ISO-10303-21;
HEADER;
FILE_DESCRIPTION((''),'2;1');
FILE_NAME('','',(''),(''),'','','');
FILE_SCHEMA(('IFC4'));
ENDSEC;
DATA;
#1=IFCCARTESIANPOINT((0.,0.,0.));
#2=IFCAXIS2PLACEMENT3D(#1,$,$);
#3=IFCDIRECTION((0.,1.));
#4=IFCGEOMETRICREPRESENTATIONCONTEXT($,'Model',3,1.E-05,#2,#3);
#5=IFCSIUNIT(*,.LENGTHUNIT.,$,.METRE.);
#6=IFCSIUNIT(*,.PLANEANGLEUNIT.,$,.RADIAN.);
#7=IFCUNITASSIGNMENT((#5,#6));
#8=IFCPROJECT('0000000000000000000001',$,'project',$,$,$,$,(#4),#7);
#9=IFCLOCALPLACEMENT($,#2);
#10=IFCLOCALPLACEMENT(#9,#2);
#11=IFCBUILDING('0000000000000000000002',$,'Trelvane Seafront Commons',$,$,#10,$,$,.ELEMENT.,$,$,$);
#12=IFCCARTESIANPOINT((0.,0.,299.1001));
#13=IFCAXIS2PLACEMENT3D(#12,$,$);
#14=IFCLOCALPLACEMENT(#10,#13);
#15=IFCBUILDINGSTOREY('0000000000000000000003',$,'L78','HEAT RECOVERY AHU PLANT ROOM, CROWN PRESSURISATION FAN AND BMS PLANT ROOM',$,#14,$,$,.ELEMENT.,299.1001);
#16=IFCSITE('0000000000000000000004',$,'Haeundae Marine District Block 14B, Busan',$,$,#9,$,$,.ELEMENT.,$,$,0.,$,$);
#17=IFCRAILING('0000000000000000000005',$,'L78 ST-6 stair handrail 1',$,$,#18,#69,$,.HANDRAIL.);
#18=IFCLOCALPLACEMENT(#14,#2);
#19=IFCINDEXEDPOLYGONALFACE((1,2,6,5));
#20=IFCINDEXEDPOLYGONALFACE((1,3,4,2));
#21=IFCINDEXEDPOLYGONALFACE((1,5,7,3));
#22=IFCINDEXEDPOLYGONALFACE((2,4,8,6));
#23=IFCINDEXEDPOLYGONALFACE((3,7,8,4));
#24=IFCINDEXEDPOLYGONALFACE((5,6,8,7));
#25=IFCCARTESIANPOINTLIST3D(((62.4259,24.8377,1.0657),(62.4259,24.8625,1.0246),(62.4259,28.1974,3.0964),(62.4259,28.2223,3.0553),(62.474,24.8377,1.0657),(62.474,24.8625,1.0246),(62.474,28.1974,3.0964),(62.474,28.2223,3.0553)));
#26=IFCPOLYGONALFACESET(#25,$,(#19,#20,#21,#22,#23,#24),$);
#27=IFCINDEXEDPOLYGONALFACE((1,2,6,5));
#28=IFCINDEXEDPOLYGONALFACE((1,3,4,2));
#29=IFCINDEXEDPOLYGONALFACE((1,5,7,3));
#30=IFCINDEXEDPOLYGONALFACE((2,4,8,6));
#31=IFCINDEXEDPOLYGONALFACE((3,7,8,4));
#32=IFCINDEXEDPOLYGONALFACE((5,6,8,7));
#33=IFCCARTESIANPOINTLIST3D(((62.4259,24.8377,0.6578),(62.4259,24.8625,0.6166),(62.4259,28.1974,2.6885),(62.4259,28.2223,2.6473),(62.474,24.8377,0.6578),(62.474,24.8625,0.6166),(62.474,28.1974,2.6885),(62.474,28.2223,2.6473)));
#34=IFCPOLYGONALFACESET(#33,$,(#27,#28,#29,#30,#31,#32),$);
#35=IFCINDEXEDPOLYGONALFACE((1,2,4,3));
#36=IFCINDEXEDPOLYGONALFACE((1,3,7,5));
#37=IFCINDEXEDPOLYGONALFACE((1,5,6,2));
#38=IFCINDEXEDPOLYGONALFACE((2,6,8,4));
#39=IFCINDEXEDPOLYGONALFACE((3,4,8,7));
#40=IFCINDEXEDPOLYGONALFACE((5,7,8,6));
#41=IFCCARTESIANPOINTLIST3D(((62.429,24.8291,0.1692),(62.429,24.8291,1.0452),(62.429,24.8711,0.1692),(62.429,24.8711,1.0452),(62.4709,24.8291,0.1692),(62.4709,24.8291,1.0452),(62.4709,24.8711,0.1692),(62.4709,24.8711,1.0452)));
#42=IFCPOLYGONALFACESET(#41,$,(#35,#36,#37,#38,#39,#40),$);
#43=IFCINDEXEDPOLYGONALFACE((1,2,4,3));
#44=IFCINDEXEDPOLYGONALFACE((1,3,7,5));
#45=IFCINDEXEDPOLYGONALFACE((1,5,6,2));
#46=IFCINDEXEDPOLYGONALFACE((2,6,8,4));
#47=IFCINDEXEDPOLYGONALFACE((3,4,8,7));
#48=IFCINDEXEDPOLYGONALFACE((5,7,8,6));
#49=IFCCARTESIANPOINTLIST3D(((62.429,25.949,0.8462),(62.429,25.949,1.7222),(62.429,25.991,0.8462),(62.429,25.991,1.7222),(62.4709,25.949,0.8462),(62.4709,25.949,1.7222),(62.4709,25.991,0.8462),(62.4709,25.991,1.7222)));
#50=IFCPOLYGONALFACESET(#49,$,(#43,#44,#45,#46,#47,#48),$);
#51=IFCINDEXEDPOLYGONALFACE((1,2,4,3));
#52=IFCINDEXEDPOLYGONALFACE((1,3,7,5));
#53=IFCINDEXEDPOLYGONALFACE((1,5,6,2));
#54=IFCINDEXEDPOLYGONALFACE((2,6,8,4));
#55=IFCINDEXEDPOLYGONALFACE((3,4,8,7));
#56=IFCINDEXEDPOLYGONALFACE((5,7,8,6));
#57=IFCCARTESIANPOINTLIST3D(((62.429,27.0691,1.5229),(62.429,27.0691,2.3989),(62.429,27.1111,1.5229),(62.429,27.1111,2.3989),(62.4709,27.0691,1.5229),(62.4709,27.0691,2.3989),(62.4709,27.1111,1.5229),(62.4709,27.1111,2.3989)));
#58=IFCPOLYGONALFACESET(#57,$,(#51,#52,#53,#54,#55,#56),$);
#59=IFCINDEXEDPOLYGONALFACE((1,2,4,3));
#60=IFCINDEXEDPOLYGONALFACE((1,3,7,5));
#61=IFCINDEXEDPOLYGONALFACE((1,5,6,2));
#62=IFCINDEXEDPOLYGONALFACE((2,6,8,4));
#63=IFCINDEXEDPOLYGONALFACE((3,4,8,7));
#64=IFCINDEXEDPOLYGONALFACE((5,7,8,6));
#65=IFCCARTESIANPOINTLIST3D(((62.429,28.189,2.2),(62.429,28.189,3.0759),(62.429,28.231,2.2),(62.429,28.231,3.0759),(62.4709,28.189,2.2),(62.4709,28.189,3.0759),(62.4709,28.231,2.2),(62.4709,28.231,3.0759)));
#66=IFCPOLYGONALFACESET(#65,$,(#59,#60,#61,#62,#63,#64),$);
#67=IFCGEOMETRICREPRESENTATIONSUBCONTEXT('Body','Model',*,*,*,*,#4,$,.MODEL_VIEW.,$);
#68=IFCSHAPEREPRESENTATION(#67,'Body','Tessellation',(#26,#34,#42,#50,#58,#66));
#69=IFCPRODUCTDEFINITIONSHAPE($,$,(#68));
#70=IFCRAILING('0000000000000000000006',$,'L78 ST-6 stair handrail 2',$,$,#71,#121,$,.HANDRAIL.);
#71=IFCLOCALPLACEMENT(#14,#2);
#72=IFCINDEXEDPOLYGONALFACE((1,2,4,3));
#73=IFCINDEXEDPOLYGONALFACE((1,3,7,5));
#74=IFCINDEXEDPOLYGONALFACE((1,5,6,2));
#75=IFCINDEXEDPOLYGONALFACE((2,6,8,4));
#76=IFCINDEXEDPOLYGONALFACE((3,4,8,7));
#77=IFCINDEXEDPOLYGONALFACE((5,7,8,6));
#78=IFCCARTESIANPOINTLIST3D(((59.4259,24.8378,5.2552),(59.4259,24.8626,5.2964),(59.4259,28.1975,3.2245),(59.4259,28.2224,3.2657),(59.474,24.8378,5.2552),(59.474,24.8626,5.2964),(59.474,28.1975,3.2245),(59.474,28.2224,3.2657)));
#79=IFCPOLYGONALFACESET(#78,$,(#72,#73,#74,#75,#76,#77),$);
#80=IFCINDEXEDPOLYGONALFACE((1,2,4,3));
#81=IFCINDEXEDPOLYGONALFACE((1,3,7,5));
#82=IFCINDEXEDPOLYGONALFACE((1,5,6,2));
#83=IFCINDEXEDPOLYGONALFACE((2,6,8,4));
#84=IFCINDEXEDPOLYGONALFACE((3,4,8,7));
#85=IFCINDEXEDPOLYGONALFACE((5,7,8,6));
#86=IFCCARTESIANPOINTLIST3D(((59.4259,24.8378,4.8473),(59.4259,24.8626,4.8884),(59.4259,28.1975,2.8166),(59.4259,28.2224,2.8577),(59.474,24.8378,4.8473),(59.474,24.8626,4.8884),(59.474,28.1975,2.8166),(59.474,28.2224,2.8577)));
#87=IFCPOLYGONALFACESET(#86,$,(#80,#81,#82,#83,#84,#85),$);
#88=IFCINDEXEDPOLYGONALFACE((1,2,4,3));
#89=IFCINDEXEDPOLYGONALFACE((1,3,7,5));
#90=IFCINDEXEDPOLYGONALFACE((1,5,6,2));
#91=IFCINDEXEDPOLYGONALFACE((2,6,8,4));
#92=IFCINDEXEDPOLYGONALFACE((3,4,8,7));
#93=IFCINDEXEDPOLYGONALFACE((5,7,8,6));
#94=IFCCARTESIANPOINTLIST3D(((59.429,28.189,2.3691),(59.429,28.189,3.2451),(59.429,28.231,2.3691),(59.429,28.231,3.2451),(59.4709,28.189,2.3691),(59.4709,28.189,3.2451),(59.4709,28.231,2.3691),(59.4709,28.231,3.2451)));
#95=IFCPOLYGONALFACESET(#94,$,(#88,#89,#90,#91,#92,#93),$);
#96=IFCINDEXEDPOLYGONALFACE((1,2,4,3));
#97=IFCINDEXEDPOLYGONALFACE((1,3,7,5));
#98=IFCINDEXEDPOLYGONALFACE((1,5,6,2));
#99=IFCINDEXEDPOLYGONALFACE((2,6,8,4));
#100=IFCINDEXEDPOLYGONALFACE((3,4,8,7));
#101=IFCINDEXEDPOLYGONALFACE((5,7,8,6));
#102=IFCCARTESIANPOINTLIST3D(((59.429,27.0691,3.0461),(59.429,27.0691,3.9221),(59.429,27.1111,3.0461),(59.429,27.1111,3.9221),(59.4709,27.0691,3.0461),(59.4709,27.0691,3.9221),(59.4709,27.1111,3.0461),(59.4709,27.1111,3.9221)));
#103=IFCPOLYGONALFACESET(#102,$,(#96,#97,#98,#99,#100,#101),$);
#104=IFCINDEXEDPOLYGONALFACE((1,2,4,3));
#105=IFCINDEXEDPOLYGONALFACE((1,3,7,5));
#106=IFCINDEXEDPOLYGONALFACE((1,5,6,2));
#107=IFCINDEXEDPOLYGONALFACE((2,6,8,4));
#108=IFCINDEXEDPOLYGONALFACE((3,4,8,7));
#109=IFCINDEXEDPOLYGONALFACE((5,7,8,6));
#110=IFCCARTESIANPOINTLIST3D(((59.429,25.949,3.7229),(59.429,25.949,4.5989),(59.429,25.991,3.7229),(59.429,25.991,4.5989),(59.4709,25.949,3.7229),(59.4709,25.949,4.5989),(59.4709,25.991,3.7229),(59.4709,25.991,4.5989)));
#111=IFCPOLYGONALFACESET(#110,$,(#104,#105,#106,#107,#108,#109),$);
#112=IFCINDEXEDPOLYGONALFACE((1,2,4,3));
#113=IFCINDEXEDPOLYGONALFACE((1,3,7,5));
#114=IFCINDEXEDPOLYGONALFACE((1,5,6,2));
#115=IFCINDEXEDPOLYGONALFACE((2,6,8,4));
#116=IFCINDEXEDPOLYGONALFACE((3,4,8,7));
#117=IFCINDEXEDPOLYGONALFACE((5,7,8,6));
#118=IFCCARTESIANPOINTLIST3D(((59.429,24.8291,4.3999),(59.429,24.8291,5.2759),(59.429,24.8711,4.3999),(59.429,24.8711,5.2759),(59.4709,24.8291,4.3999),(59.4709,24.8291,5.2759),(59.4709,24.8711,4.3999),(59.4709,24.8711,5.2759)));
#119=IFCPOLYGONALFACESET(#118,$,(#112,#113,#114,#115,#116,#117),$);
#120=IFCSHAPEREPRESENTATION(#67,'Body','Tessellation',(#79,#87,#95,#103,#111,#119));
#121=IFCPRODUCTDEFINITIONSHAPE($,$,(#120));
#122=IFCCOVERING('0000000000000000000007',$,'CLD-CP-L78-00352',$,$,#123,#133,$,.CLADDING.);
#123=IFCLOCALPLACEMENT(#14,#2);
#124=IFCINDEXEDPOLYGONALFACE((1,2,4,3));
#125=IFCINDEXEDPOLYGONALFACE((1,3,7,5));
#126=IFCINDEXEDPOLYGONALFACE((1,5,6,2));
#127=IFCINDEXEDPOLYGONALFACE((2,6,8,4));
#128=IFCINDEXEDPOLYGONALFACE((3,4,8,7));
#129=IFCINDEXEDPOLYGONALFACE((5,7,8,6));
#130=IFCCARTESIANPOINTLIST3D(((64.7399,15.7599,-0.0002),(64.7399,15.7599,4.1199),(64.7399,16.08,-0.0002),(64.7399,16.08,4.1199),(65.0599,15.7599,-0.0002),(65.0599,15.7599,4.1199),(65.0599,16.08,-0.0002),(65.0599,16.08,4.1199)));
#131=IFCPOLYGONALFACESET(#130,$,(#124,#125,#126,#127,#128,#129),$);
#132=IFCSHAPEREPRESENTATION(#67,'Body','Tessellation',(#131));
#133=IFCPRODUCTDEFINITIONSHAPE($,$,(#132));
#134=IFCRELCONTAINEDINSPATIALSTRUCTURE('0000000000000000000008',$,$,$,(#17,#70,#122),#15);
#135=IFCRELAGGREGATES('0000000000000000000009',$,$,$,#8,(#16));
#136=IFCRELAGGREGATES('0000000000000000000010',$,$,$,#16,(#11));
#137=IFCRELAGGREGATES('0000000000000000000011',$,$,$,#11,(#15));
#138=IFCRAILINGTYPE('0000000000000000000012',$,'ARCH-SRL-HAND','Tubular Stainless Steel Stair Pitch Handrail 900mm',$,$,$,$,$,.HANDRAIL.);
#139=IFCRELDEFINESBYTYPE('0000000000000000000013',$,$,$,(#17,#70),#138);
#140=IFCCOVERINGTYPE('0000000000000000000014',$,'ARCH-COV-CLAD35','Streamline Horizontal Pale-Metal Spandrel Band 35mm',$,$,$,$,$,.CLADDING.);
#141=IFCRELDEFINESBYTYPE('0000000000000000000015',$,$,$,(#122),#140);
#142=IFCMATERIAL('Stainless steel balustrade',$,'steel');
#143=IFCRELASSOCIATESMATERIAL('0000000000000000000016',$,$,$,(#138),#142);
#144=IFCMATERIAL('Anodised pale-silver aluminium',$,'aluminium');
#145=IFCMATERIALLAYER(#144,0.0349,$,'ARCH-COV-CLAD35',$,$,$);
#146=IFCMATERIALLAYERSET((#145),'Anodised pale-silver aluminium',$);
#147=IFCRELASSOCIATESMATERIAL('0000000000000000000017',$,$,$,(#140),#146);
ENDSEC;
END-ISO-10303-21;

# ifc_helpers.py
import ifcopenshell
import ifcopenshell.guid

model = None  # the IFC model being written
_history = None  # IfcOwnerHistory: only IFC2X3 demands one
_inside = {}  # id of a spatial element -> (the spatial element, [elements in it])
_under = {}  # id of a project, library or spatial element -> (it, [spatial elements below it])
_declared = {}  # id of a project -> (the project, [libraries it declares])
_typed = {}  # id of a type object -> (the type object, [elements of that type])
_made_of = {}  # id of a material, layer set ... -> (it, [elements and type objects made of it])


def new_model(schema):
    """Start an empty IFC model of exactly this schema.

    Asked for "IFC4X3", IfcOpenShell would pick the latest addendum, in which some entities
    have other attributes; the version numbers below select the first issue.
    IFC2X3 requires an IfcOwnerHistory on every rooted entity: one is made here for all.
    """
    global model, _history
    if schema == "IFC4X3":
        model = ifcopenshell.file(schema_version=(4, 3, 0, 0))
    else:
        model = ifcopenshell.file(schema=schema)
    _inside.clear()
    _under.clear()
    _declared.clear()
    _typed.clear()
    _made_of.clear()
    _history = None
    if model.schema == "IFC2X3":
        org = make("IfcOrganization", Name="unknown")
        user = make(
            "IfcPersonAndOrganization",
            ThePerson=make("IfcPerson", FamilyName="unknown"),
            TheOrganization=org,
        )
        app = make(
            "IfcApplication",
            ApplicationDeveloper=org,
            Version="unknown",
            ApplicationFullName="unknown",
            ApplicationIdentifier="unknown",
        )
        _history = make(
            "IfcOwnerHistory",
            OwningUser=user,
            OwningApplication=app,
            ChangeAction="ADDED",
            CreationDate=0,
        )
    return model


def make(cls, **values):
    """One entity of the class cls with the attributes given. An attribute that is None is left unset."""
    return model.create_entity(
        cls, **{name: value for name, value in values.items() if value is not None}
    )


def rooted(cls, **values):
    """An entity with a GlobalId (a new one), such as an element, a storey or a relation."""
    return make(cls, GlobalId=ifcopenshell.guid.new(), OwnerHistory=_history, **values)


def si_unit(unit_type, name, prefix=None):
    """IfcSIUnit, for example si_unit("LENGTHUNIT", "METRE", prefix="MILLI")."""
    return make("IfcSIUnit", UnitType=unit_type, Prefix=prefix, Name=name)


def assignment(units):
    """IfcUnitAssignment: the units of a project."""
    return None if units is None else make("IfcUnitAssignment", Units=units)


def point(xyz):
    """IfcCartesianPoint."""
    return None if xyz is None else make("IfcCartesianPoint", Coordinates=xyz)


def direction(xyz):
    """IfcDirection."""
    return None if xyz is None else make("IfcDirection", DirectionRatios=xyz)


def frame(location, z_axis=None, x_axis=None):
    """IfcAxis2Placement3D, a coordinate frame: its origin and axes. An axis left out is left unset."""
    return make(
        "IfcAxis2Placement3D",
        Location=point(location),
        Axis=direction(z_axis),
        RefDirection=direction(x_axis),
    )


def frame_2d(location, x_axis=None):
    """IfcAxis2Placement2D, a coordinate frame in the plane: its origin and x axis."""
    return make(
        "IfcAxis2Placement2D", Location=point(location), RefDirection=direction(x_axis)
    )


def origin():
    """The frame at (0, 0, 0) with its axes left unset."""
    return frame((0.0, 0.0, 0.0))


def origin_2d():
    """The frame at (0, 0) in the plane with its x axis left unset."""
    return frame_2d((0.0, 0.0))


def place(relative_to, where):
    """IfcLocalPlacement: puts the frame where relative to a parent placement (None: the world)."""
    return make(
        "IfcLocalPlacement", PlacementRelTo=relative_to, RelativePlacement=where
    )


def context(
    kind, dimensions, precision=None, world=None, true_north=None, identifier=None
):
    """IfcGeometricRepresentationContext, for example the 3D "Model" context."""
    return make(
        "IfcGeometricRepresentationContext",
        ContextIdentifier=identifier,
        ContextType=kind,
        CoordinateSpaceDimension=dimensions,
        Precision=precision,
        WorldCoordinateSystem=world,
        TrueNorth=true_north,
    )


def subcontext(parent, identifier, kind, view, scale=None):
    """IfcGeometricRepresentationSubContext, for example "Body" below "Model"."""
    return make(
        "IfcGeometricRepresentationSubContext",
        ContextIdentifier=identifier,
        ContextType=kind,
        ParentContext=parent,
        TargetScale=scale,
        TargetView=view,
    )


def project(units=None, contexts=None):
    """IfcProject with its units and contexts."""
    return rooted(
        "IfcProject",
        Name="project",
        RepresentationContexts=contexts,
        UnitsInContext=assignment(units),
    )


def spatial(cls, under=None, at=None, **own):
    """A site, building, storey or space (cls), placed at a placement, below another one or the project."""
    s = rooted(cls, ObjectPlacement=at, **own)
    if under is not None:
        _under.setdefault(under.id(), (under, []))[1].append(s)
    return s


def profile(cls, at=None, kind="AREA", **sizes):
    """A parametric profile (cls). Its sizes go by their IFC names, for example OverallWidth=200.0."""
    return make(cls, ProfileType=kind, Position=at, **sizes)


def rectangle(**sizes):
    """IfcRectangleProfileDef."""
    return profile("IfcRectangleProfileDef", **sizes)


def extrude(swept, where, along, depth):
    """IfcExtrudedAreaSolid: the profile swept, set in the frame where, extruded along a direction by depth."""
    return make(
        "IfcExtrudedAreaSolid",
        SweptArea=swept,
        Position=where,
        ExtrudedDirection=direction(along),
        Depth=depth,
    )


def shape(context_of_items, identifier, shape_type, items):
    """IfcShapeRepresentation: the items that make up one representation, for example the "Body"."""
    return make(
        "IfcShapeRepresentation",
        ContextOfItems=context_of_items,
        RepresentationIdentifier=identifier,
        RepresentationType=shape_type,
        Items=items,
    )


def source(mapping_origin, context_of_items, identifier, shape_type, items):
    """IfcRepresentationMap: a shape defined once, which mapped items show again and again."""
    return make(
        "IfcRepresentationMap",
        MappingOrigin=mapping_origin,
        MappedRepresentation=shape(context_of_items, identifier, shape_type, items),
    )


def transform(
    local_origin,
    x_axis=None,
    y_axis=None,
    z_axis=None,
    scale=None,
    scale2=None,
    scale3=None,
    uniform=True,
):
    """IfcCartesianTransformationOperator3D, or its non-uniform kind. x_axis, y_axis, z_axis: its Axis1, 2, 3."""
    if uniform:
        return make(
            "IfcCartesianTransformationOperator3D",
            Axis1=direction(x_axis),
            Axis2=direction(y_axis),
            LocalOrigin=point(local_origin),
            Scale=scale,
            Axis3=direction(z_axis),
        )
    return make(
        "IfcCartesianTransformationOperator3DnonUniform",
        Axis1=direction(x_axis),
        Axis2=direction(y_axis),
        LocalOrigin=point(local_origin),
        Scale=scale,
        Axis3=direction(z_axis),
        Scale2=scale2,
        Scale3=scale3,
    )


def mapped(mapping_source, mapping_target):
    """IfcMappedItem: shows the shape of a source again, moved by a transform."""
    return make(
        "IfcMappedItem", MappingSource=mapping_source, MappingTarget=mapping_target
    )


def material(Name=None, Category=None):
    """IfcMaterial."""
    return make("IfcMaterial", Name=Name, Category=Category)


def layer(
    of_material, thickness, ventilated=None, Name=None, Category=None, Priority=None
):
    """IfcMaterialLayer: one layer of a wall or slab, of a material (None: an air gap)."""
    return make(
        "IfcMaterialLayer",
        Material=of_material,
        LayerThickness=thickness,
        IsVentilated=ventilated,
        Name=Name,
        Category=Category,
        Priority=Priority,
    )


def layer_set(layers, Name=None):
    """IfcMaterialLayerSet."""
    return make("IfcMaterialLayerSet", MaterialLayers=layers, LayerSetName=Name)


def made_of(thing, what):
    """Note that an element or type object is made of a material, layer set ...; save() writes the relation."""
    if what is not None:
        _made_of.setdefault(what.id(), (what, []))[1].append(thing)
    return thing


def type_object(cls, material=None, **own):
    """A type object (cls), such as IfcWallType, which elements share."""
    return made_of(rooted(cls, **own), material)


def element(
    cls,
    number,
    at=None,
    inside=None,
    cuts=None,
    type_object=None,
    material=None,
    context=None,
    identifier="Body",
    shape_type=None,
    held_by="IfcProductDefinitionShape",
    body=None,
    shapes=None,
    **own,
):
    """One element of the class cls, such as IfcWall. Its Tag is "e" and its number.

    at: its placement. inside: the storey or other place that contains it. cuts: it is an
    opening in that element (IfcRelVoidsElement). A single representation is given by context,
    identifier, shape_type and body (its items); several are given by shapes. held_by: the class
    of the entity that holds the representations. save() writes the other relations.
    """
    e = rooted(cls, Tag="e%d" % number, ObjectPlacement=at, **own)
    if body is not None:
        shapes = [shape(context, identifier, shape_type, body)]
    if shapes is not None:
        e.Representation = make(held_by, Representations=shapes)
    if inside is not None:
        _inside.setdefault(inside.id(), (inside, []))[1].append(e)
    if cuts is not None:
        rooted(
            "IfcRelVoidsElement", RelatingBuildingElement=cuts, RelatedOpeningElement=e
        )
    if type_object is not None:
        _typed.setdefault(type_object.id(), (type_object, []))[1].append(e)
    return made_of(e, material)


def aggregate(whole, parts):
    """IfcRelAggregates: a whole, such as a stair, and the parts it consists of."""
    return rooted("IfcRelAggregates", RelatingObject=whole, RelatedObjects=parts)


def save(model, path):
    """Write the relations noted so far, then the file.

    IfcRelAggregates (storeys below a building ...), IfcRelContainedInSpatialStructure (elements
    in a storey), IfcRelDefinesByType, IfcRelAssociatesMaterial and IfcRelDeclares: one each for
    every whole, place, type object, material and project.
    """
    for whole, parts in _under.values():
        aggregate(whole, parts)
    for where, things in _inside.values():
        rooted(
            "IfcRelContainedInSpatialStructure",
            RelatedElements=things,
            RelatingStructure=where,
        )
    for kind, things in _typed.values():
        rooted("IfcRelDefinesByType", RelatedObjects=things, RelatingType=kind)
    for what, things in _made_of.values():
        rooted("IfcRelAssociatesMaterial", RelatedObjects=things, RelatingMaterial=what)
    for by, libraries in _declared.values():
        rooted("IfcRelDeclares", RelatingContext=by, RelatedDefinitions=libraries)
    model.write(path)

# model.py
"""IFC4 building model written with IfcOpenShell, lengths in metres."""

from ifc_helpers import new_model, si_unit, direction, frame, origin, origin_2d, place, context, subcontext, project, spatial, rectangle, extrude, source, transform, mapped, material, layer, layer_set, type_object, element, save


model = new_model("IFC4")

# Units and contexts
model_context = context("Model", 3, precision=1e-05, world=origin(), true_north=direction((0.0, 1.0)))
body_context = subcontext(model_context, "Body", "Model", "MODEL_VIEW")
ifc_project = project(units=[si_unit("LENGTHUNIT", "METRE"), si_unit("PLANEANGLEUNIT", "RADIAN")], contexts=[model_context])

# Site, building, storey
site_placement = place(None, origin())
site = spatial("IfcSite", under=ifc_project, at=site_placement, Name="Haeundae Marine District Block 14B, Busan", CompositionType="ELEMENT", RefElevation=0.0)
building_placement = place(site_placement, origin())
building = spatial("IfcBuilding", under=site, at=building_placement, Name="Trelvane Seafront Commons", CompositionType="ELEMENT")
storey_placement = place(building_placement, frame((0.0, 0.0, 299.1001)))
storey = spatial("IfcBuildingStorey", under=building, at=storey_placement, Name="L78", Description="HEAT RECOVERY AHU PLANT ROOM, CROWN PRESSURISATION FAN AND BMS PLANT ROOM", CompositionType="ELEMENT", Elevation=299.1001)

# Railings
ifc_material_1 = material(Name="Stainless steel balustrade", Category="steel")
railing_type_1 = type_object("IfcRailingType", Name="ARCH-SRL-HAND", Description="Tubular Stainless Steel Stair Pitch Handrail 900mm", PredefinedType="HANDRAIL", material=ifc_material_1)
railing_1_placement = place(storey_placement, frame((62.45, 24.8501, 0.1692)))
element("IfcRailing", 1, at=railing_1_placement, inside=storey, type_object=railing_type_1, Name="L78 ST-6 stair handrail 1", PredefinedType="HANDRAIL", context=body_context, shape_type="SweptSolid", body=[
    extrude(rectangle(XDim=0.0481, YDim=0.0481, at=origin_2d()), frame((0.0, 0.0, 0.876), z_axis=(0.0, 0.85582, 0.517273), x_axis=(-1.0, 0.0, 0.0)), (0.0, 0.0, 1.0), 3.9258),
    extrude(rectangle(XDim=0.0481, YDim=0.0481, at=origin_2d()), frame((0.0, 0.0, 0.468), z_axis=(0.0, 0.85582, 0.517273), x_axis=(-1.0, 0.0, 0.0)), (0.0, 0.0, 1.0), 3.9258),
    extrude(rectangle(XDim=0.042, YDim=0.042, at=origin_2d()), origin(), (0.0, 0.0, 1.0), 0.876),
    extrude(rectangle(XDim=0.042, YDim=0.042, at=origin_2d()), frame((0.0, 1.1199, 0.677)), (0.0, 0.0, 1.0), 0.876),
    extrude(rectangle(XDim=0.042, YDim=0.042, at=origin_2d()), frame((0.0, 2.24, 1.3538)), (0.0, 0.0, 1.0), 0.876),
    extrude(rectangle(XDim=0.042, YDim=0.042, at=origin_2d()), frame((0.0, 3.3599, 2.0308)), (0.0, 0.0, 1.0), 0.876),
])
railing_2_placement = place(storey_placement, frame((59.45, 28.21, 2.3691)))
element("IfcRailing", 2, at=railing_2_placement, inside=storey, type_object=railing_type_1, Name="L78 ST-6 stair handrail 2", PredefinedType="HANDRAIL", context=body_context, shape_type="SweptSolid", body=[
    extrude(rectangle(XDim=0.0481, YDim=0.0481, at=origin_2d()), frame((0.0, 0.0, 0.876), z_axis=(0.0, -0.85582, 0.517273), x_axis=(1.0, 0.0, 0.0)), (0.0, 0.0, 1.0), 3.9258),
    extrude(rectangle(XDim=0.0481, YDim=0.0481, at=origin_2d()), frame((0.0, 0.0, 0.468), z_axis=(0.0, -0.85582, 0.517273), x_axis=(1.0, 0.0, 0.0)), (0.0, 0.0, 1.0), 3.9258),
    extrude(rectangle(XDim=0.042, YDim=0.042, at=origin_2d()), origin(), (0.0, 0.0, 1.0), 0.876),
    extrude(rectangle(XDim=0.042, YDim=0.042, at=origin_2d()), frame((0.0, -1.1199, 0.677)), (0.0, 0.0, 1.0), 0.876),
    extrude(rectangle(XDim=0.042, YDim=0.042, at=origin_2d()), frame((0.0, -2.24, 1.3538)), (0.0, 0.0, 1.0), 0.876),
    extrude(rectangle(XDim=0.042, YDim=0.042, at=origin_2d()), frame((0.0, -3.3599, 2.0308)), (0.0, 0.0, 1.0), 0.876),
])

# Covering
ifc_material_2 = material(Name="Anodised pale-silver aluminium", Category="aluminium")
ifc_layer_1 = layer(ifc_material_2, 0.0349, Name="ARCH-COV-CLAD35")
ifc_layer_set_1 = layer_set([ifc_layer_1], Name="Anodised pale-silver aluminium")
covering_type = type_object("IfcCoveringType", Name="ARCH-COV-CLAD35", Description="Streamline Horizontal Pale-Metal Spandrel Band 35mm", PredefinedType="CLADDING", material=ifc_layer_set_1)
shared_shape_1 = source(origin(), body_context, "Body", "SweptSolid", [
    extrude(rectangle(XDim=0.3201, YDim=0.3201, at=origin_2d()), origin(), (0.0, 0.0, 1.0), 4.1201),
])
covering_placement = place(storey_placement, frame((64.8999, 15.9199, -0.0002), z_axis=(0.0, 0.0, 1.0), x_axis=(1.0, 0.0, 0.0)))
element("IfcCovering", 3, at=covering_placement, inside=storey, type_object=covering_type, Name="CLD-CP-L78-00352", PredefinedType="CLADDING", context=body_context, shape_type="MappedRepresentation", body=[
    mapped(shared_shape_1, transform((0.0, 0.0, 0.0), x_axis=(1.0, 0.0, 0.0), y_axis=(0.0, 1.0, 0.0), z_axis=(0.0, 0.0, 1.0), scale=1.0)),
])

save(model, "model.ifc")
